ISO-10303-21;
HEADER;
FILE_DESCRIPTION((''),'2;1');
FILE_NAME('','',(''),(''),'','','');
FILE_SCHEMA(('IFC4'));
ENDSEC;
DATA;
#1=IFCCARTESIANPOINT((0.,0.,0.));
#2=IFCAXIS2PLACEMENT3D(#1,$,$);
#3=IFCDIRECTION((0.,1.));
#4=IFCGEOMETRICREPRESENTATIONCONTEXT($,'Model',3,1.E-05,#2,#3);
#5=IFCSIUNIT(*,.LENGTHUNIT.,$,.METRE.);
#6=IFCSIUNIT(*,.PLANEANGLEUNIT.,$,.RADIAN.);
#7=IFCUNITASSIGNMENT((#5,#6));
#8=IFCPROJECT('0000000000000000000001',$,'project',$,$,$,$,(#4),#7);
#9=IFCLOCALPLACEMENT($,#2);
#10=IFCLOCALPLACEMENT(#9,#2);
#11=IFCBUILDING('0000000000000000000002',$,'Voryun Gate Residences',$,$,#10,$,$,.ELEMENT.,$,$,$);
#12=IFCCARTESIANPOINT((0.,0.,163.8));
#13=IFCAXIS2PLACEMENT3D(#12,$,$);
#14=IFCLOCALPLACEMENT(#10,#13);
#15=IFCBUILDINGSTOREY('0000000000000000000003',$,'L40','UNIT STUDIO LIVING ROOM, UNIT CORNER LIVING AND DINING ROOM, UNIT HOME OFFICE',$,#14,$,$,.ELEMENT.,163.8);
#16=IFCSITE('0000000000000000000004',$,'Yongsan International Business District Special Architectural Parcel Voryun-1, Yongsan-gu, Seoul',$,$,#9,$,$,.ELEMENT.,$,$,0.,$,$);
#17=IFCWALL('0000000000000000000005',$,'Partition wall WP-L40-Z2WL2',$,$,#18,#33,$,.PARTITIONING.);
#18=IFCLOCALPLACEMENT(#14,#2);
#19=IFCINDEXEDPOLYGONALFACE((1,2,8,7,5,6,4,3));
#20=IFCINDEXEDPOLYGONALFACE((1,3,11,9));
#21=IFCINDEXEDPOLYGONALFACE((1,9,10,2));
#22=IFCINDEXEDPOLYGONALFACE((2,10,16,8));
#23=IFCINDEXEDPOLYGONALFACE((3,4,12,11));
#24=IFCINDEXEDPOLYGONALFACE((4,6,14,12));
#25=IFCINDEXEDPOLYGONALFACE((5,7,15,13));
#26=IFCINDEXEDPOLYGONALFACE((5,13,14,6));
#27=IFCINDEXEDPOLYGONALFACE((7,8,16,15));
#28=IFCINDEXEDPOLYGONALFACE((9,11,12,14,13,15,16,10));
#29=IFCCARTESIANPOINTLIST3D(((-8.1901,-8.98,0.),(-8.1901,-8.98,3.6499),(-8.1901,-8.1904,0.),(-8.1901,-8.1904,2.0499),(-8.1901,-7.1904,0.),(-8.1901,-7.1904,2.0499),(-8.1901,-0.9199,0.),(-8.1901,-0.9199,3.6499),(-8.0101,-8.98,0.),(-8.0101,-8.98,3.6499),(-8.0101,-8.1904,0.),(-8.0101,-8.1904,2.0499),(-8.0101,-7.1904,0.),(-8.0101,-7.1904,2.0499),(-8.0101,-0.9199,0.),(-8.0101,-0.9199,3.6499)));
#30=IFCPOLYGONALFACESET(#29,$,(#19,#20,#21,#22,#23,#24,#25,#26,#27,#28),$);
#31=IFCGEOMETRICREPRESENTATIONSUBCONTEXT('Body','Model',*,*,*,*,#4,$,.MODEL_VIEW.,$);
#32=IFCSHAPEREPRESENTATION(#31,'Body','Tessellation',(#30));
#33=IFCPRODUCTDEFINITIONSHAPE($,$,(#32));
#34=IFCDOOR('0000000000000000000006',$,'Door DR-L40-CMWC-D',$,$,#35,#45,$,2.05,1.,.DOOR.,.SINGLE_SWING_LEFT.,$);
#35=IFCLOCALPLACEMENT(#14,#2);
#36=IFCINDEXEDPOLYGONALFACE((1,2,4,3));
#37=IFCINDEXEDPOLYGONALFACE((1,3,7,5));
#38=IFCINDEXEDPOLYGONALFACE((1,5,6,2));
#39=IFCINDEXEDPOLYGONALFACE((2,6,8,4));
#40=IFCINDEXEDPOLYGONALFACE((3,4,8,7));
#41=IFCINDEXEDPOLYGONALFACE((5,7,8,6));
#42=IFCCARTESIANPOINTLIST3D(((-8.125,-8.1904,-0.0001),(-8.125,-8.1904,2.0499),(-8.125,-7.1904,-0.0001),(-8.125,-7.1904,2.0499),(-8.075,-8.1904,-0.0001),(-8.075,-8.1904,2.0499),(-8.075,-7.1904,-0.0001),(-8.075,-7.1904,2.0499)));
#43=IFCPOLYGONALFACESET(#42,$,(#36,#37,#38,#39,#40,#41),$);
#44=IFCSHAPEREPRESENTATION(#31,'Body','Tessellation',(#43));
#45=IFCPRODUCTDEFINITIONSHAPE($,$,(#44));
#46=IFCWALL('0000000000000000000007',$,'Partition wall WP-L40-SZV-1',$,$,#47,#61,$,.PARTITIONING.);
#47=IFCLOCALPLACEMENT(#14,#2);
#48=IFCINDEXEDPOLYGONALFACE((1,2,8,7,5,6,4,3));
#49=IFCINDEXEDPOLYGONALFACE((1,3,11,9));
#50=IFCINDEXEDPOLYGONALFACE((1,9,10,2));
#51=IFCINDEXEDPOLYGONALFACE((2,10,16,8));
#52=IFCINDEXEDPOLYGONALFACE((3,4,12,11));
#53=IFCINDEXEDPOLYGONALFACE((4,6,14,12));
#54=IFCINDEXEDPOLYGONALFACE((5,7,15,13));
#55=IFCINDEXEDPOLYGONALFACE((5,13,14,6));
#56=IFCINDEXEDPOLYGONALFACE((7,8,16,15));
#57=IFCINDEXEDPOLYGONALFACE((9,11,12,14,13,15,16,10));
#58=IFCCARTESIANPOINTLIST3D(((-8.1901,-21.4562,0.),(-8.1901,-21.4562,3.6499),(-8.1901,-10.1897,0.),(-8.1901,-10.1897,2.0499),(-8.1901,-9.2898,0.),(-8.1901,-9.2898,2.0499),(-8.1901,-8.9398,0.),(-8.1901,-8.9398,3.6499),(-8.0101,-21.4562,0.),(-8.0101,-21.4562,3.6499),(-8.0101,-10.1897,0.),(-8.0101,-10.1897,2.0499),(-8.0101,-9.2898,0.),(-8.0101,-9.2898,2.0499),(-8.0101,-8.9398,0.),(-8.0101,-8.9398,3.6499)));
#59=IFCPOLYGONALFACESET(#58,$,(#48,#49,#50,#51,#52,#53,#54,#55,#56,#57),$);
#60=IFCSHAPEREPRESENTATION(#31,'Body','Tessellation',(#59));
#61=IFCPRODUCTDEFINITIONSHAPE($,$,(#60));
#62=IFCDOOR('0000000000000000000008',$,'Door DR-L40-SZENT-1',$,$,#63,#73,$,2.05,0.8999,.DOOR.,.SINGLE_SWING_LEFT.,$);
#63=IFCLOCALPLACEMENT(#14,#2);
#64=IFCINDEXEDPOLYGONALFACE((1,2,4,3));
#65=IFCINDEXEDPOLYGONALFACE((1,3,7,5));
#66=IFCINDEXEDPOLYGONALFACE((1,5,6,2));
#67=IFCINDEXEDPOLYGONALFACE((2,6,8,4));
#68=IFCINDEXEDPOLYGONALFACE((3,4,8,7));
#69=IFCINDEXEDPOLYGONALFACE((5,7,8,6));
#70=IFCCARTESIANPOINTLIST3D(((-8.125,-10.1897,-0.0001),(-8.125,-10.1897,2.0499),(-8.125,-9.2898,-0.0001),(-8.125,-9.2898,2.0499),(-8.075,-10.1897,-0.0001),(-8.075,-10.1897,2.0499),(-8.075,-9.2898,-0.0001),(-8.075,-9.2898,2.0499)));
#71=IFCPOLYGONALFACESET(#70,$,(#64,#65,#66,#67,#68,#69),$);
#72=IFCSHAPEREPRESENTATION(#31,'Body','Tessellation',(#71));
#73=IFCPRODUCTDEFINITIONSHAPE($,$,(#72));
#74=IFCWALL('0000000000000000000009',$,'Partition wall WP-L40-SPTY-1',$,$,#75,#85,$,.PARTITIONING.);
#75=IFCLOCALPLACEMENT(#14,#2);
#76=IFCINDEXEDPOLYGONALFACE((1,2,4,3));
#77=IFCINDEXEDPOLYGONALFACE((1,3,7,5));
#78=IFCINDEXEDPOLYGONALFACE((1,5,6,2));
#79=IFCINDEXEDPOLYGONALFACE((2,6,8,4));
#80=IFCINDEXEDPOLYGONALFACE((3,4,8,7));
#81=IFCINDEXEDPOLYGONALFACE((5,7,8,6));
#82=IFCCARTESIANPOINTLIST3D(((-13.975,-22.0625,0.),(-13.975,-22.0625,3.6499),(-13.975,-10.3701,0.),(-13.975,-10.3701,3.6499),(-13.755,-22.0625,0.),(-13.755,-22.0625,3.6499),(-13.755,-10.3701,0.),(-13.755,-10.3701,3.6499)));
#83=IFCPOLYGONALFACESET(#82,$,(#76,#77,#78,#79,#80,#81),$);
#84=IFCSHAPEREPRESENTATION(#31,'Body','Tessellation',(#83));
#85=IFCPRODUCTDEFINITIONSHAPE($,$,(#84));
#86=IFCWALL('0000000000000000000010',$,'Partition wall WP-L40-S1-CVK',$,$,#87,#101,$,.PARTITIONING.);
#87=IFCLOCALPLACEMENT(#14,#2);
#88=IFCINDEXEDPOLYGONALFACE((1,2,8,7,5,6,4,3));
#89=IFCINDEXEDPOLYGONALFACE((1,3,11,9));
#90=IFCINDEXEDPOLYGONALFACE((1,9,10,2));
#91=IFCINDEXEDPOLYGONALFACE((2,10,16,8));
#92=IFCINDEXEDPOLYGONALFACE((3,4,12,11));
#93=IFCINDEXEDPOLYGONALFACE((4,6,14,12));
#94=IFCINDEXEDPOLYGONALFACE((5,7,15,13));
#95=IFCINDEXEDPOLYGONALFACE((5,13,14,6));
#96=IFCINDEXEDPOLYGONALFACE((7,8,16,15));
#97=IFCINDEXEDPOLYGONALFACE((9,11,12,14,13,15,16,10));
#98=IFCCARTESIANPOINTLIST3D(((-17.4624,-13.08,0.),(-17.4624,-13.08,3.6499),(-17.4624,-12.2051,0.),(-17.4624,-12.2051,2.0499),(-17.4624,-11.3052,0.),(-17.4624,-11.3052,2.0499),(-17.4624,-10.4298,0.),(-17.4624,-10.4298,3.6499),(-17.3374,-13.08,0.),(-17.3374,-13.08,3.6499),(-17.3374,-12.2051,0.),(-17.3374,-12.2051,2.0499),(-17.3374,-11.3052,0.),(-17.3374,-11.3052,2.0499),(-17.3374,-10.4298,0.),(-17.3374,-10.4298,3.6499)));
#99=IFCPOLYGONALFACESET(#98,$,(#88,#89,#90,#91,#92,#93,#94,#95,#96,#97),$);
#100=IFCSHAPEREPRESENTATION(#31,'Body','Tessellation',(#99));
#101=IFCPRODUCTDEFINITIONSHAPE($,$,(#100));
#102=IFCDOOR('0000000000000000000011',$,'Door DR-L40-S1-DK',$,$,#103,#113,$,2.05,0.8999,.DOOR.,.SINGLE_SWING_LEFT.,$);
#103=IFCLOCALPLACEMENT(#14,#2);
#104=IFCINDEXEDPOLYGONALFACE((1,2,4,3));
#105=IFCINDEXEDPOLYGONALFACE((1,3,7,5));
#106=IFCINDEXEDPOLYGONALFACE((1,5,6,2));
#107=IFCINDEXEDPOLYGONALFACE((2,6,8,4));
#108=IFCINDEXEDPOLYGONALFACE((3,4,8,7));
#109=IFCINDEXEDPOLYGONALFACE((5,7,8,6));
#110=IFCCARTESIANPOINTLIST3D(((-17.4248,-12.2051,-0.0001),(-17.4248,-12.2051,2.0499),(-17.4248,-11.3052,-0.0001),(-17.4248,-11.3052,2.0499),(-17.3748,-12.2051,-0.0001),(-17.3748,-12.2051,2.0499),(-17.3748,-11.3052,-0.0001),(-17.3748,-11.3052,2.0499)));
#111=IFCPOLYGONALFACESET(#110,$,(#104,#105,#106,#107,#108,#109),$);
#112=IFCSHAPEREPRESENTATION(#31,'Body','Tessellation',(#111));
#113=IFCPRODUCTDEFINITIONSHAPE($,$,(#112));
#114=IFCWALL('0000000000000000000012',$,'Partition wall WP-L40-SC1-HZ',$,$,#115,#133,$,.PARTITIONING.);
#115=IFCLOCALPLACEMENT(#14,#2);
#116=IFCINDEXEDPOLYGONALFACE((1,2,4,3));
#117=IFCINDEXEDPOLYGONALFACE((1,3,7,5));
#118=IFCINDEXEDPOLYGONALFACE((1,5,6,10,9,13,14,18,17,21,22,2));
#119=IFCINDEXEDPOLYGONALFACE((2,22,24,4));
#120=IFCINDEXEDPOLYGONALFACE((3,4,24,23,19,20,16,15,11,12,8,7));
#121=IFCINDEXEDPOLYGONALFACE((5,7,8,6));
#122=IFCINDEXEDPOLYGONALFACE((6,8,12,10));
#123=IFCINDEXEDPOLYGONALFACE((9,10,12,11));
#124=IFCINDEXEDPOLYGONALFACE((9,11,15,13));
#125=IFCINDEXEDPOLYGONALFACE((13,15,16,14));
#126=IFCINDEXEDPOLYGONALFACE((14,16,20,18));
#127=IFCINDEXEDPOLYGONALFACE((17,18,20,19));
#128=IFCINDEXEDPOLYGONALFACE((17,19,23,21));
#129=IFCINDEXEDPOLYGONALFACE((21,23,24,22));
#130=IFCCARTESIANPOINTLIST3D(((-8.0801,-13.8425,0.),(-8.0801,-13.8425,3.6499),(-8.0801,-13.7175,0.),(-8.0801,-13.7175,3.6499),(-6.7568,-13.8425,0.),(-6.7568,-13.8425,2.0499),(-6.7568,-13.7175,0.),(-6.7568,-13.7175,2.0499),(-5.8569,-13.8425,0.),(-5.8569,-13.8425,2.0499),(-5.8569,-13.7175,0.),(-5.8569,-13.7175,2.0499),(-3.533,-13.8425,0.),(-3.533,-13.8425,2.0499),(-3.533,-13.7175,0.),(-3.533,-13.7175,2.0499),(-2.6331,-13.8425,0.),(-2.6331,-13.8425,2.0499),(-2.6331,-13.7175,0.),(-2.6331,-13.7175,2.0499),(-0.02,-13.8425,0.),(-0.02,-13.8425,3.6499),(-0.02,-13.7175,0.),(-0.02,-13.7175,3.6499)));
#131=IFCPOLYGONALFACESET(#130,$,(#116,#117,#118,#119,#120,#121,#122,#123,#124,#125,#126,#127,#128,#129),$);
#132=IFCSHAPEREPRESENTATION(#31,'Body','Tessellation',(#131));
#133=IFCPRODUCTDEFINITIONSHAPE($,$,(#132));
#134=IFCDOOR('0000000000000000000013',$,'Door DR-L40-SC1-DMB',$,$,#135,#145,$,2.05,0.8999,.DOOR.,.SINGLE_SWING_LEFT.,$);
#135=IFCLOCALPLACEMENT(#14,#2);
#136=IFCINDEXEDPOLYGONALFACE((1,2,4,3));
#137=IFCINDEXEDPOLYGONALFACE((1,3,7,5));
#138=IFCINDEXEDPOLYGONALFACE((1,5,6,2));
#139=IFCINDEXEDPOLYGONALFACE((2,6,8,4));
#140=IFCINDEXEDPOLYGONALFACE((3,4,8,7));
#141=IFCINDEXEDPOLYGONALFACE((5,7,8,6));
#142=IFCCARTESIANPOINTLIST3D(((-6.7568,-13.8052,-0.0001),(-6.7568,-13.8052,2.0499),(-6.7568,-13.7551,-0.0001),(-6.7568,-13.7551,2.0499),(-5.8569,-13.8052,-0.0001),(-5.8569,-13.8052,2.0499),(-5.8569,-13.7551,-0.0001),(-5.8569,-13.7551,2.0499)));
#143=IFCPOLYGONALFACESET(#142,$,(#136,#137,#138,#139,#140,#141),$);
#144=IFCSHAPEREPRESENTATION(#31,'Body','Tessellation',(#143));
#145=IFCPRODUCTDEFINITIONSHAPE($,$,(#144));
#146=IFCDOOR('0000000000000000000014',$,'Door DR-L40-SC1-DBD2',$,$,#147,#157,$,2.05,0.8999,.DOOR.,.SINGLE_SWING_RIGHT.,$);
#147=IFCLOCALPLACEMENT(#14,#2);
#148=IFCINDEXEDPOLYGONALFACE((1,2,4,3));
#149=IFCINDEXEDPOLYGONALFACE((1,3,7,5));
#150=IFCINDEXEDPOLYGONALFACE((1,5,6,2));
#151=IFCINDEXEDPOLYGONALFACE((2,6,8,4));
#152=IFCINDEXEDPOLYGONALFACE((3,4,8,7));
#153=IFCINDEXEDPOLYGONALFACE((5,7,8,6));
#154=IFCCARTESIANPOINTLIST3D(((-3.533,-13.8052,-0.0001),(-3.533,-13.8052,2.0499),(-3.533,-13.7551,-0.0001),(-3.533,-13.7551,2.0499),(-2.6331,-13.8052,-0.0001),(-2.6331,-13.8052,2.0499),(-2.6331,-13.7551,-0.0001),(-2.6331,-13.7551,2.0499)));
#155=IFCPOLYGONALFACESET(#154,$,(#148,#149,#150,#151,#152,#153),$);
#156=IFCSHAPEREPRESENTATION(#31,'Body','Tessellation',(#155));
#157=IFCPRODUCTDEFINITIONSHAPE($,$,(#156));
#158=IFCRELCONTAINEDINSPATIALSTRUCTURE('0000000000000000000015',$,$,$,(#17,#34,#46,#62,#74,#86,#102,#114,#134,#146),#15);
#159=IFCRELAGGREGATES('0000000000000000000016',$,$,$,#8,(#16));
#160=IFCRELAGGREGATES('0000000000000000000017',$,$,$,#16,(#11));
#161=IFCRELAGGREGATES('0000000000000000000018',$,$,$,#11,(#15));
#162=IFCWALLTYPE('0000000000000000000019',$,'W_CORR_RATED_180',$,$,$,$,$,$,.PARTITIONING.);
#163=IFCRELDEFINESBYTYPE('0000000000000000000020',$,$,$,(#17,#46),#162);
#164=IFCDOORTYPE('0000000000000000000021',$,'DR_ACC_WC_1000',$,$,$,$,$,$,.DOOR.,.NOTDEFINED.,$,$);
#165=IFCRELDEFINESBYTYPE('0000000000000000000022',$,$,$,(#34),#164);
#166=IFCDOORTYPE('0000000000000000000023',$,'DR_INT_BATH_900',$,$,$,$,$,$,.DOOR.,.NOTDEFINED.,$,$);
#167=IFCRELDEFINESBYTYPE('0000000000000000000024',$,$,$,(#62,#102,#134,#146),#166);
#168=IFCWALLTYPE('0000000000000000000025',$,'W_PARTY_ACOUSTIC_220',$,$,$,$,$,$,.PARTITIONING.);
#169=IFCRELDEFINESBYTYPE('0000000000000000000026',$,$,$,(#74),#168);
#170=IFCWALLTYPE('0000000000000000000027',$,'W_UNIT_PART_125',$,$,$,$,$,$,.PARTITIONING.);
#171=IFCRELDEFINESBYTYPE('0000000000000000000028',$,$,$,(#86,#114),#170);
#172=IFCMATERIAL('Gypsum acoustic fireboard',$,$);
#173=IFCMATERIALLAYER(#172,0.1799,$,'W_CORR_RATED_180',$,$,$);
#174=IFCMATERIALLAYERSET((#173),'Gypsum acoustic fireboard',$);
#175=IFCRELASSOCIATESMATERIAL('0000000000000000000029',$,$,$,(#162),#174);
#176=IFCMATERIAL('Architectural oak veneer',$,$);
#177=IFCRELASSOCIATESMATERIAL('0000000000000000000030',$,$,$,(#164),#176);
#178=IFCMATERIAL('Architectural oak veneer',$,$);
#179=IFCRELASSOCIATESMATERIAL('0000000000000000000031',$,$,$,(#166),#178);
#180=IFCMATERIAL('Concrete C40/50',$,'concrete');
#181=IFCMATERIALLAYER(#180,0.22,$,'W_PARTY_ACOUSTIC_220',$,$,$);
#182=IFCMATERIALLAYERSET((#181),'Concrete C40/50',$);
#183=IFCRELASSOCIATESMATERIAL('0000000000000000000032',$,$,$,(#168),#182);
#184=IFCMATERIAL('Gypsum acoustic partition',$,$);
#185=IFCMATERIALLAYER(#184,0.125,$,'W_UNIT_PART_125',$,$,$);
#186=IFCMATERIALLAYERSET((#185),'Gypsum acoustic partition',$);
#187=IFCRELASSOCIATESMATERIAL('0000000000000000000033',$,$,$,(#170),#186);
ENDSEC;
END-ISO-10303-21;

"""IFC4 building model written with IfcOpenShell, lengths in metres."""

from ifc_helpers import new_model, si_unit, direction, frame, frame_2d, origin, place, context, subcontext, project, spatial, rectangle, extrude, material, layer, layer_set, type_object, element, fill, save


model = new_model("IFC4")

# Units and contexts
model_context = context("Model", 3, precision=1e-05, world=origin(), true_north=direction((0.0, 1.0)))
body_context = subcontext(model_context, "Body", "Model", "MODEL_VIEW")
ifc_project = project(units=[si_unit("LENGTHUNIT", "METRE"), si_unit("PLANEANGLEUNIT", "RADIAN")], contexts=[model_context])

# Site, building, storey
site_placement = place(None, origin())
site = spatial("IfcSite", under=ifc_project, at=site_placement, Name="Yongsan International Business District Special Architectural Parcel Voryun-1, Yongsan-gu, Seoul", CompositionType="ELEMENT", RefElevation=0.0)
building_placement = place(site_placement, origin())
building = spatial("IfcBuilding", under=site, at=building_placement, Name="Voryun Gate Residences", CompositionType="ELEMENT")
storey_placement = place(building_placement, frame((0.0, 0.0, 163.8)))
storey = spatial("IfcBuildingStorey", under=building, at=storey_placement, Name="L40", Description="UNIT STUDIO LIVING ROOM, UNIT CORNER LIVING AND DINING ROOM, UNIT HOME OFFICE", CompositionType="ELEMENT", Elevation=163.8)

# Shared definitions
ifc_material_1 = material(Name="Gypsum acoustic fireboard")
ifc_layer_1 = layer(ifc_material_1, 0.1799, Name="W_CORR_RATED_180")
ifc_layer_set_1 = layer_set([ifc_layer_1], Name="Gypsum acoustic fireboard")
wall_type_1 = type_object("IfcWallType", Name="W_CORR_RATED_180", PredefinedType="PARTITIONING", material=ifc_layer_set_1)

# Walls, openings, doors
wall_1_placement = place(storey_placement, frame((-8.1001, -8.98, 0.0), z_axis=(0.0, 0.0, 1.0), x_axis=(0.0, 1.0, 0.0)))
wall_1 = element("IfcWall", 1, at=wall_1_placement, inside=storey, type_object=wall_type_1, Name="Partition wall WP-L40-Z2WL2", PredefinedType="PARTITIONING", context=body_context, shape_type="SweptSolid", body=[
    extrude(rectangle(XDim=8.0601, YDim=0.1799, at=frame_2d((4.03, 0.0))), origin(), (0.0, 0.0, 1.0), 3.6499),
])
opening_1_placement = place(wall_1_placement, frame((0.7896, 0.0, 0.0)))
opening_1 = element("IfcOpeningElement", 2, at=opening_1_placement, cuts=wall_1, PredefinedType="OPENING", context=body_context, shape_type="SweptSolid", body=[
    extrude(rectangle(XDim=1.0, YDim=2.05, at=frame_2d((0.5, 1.0249))), frame((0.0, 0.0999, 0.0), z_axis=(0.0, -1.0, 0.0), x_axis=(1.0, 0.0, 0.0)), (0.0, 0.0, 1.0), 0.2),
])
ifc_material_2 = material(Name="Architectural oak veneer")
door_type_1 = type_object("IfcDoorType", Name="DR_ACC_WC_1000", OperationType="NOTDEFINED", PredefinedType="DOOR", material=ifc_material_2)
door_1_placement = place(opening_1_placement, origin())
door_1 = element("IfcDoor", 3, at=door_1_placement, inside=storey, type_object=door_type_1, Name="Door DR-L40-CMWC-D", OperationType="SINGLE_SWING_LEFT", OverallHeight=2.05, OverallWidth=1.0, PredefinedType="DOOR", context=body_context, shape_type="SweptSolid", body=[
    extrude(rectangle(XDim=1.0, YDim=2.05, at=frame_2d((0.5, 1.0249))), frame((0.0, 0.0249, 0.0), z_axis=(0.0, -1.0, 0.0), x_axis=(1.0, 0.0, 0.0)), (0.0, 0.0, 1.0), 0.05),
])
fill(opening_1, door_1)
wall_2_placement = place(storey_placement, frame((-8.1001, -21.4563, 0.0), z_axis=(0.0, 0.0, 1.0), x_axis=(0.0, 1.0, 0.0)))
wall_2 = element("IfcWall", 4, at=wall_2_placement, inside=storey, type_object=wall_type_1, Name="Partition wall WP-L40-SZV-1", PredefinedType="PARTITIONING", context=body_context, shape_type="SweptSolid", body=[
    extrude(rectangle(XDim=12.5164, YDim=0.1799, at=frame_2d((6.2583, 0.0))), origin(), (0.0, 0.0, 1.0), 3.6499),
])
opening_2_placement = place(wall_2_placement, frame((11.2666, 0.0, 0.0)))
opening_2 = element("IfcOpeningElement", 5, at=opening_2_placement, cuts=wall_2, PredefinedType="OPENING", context=body_context, shape_type="SweptSolid", body=[
    extrude(rectangle(XDim=0.8999, YDim=2.05, at=frame_2d((0.45, 1.0249))), frame((0.0, 0.0999, 0.0), z_axis=(0.0, -1.0, 0.0), x_axis=(1.0, 0.0, 0.0)), (0.0, 0.0, 1.0), 0.2),
])
ifc_material_3 = material(Name="Architectural oak veneer")
door_type_2 = type_object("IfcDoorType", Name="DR_INT_BATH_900", OperationType="NOTDEFINED", PredefinedType="DOOR", material=ifc_material_3)
door_2_placement = place(opening_2_placement, origin())
door_2 = element("IfcDoor", 6, at=door_2_placement, inside=storey, type_object=door_type_2, Name="Door DR-L40-SZENT-1", OperationType="SINGLE_SWING_LEFT", OverallHeight=2.05, OverallWidth=0.8999, PredefinedType="DOOR", context=body_context, shape_type="SweptSolid", body=[
    extrude(rectangle(XDim=0.8999, YDim=2.05, at=frame_2d((0.45, 1.0249))), frame((0.0, 0.0249, 0.0), z_axis=(0.0, -1.0, 0.0), x_axis=(1.0, 0.0, 0.0)), (0.0, 0.0, 1.0), 0.05),
])
fill(opening_2, door_2)

# Wall
ifc_material_4 = material(Name="Concrete C40/50", Category="concrete")
ifc_layer_2 = layer(ifc_material_4, 0.22, Name="W_PARTY_ACOUSTIC_220")
ifc_layer_set_2 = layer_set([ifc_layer_2], Name="Concrete C40/50")
wall_type_2 = type_object("IfcWallType", Name="W_PARTY_ACOUSTIC_220", PredefinedType="PARTITIONING", material=ifc_layer_set_2)
wall_3_placement = place(storey_placement, frame((-13.865, -22.0625, 0.0), z_axis=(0.0, 0.0, 1.0), x_axis=(0.0, 1.0, 0.0)))
element("IfcWall", 7, at=wall_3_placement, inside=storey, type_object=wall_type_2, Name="Partition wall WP-L40-SPTY-1", PredefinedType="PARTITIONING", context=body_context, shape_type="SweptSolid", body=[
    extrude(rectangle(XDim=11.6924, YDim=0.22, at=frame_2d((5.8462, 0.0))), origin(), (0.0, 0.0, 1.0), 3.6499),
])

# Wall, opening, door
ifc_material_5 = material(Name="Gypsum acoustic partition")
ifc_layer_3 = layer(ifc_material_5, 0.125, Name="W_UNIT_PART_125")
ifc_layer_set_3 = layer_set([ifc_layer_3], Name="Gypsum acoustic partition")
wall_type_3 = type_object("IfcWallType", Name="W_UNIT_PART_125", PredefinedType="PARTITIONING", material=ifc_layer_set_3)
wall_4_placement = place(storey_placement, frame((-17.3999, -13.0801, 0.0), z_axis=(0.0, 0.0, 1.0), x_axis=(0.0, 1.0, 0.0)))
wall_4 = element("IfcWall", 8, at=wall_4_placement, inside=storey, type_object=wall_type_3, Name="Partition wall WP-L40-S1-CVK", PredefinedType="PARTITIONING", context=body_context, shape_type="SweptSolid", body=[
    extrude(rectangle(XDim=2.6501, YDim=0.125, at=frame_2d((1.3252, 0.0))), origin(), (0.0, 0.0, 1.0), 3.6499),
])
opening_3_placement = place(wall_4_placement, frame((0.875, 0.0, 0.0)))
opening_3 = element("IfcOpeningElement", 9, at=opening_3_placement, cuts=wall_4, PredefinedType="OPENING", context=body_context, shape_type="SweptSolid", body=[
    extrude(rectangle(XDim=0.8999, YDim=2.05, at=frame_2d((0.45, 1.0249))), frame((0.0, 0.0725, 0.0), z_axis=(0.0, -1.0, 0.0), x_axis=(1.0, 0.0, 0.0)), (0.0, 0.0, 1.0), 0.145),
])
door_3_placement = place(opening_3_placement, origin())
door_3 = element("IfcDoor", 10, at=door_3_placement, inside=storey, type_object=door_type_2, Name="Door DR-L40-S1-DK", OperationType="SINGLE_SWING_LEFT", OverallHeight=2.05, OverallWidth=0.8999, PredefinedType="DOOR", context=body_context, shape_type="SweptSolid", body=[
    extrude(rectangle(XDim=0.8999, YDim=2.05, at=frame_2d((0.45, 1.0249))), frame((0.0, 0.0249, 0.0), z_axis=(0.0, -1.0, 0.0), x_axis=(1.0, 0.0, 0.0)), (0.0, 0.0, 1.0), 0.05),
])
fill(opening_3, door_3)

# Wall, openings, doors
wall_5_placement = place(storey_placement, frame((-8.0801, -13.78, 0.0), z_axis=(0.0, 0.0, 1.0), x_axis=(1.0, 0.0, 0.0)))
wall_5 = element("IfcWall", 11, at=wall_5_placement, inside=storey, type_object=wall_type_3, Name="Partition wall WP-L40-SC1-HZ", PredefinedType="PARTITIONING", context=body_context, shape_type="SweptSolid", body=[
    extrude(rectangle(XDim=8.0601, YDim=0.125, at=frame_2d((4.03, 0.0))), origin(), (0.0, 0.0, 1.0), 3.6499),
])
opening_4_placement = place(wall_5_placement, frame((1.3232, 0.0, 0.0)))
opening_4 = element("IfcOpeningElement", 12, at=opening_4_placement, cuts=wall_5, PredefinedType="OPENING", context=body_context, shape_type="SweptSolid", body=[
    extrude(rectangle(XDim=0.8999, YDim=2.05, at=frame_2d((0.45, 1.0249))), frame((0.0, 0.0725, 0.0), z_axis=(0.0, -1.0, 0.0), x_axis=(1.0, 0.0, 0.0)), (0.0, 0.0, 1.0), 0.145),
])
opening_5_placement = place(wall_5_placement, frame((4.5471, 0.0, 0.0)))
opening_5 = element("IfcOpeningElement", 13, at=opening_5_placement, cuts=wall_5, PredefinedType="OPENING", context=body_context, shape_type="SweptSolid", body=[
    extrude(rectangle(XDim=0.8999, YDim=2.05, at=frame_2d((0.45, 1.0249))), frame((0.0, 0.0725, 0.0), z_axis=(0.0, -1.0, 0.0), x_axis=(1.0, 0.0, 0.0)), (0.0, 0.0, 1.0), 0.145),
])
door_4_placement = place(opening_4_placement, origin())
door_4 = element("IfcDoor", 14, at=door_4_placement, inside=storey, type_object=door_type_2, Name="Door DR-L40-SC1-DMB", OperationType="SINGLE_SWING_LEFT", OverallHeight=2.05, OverallWidth=0.8999, PredefinedType="DOOR", context=body_context, shape_type="SweptSolid", body=[
    extrude(rectangle(XDim=0.8999, YDim=2.05, at=frame_2d((0.45, 1.0249))), frame((0.0, 0.0249, 0.0), z_axis=(0.0, -1.0, 0.0), x_axis=(1.0, 0.0, 0.0)), (0.0, 0.0, 1.0), 0.05),
])
fill(opening_4, door_4)
door_5_placement = place(opening_5_placement, origin())
door_5 = element("IfcDoor", 15, at=door_5_placement, inside=storey, type_object=door_type_2, Name="Door DR-L40-SC1-DBD2", OperationType="SINGLE_SWING_RIGHT", OverallHeight=2.05, OverallWidth=0.8999, PredefinedType="DOOR", context=body_context, shape_type="SweptSolid", body=[
    extrude(rectangle(XDim=0.8999, YDim=2.05, at=frame_2d((0.45, 1.0249))), frame((0.0, 0.0249, 0.0), z_axis=(0.0, -1.0, 0.0), x_axis=(1.0, 0.0, 0.0)), (0.0, 0.0, 1.0), 0.05),
])
fill(opening_5, door_5)

save(model, "model.ifc")
